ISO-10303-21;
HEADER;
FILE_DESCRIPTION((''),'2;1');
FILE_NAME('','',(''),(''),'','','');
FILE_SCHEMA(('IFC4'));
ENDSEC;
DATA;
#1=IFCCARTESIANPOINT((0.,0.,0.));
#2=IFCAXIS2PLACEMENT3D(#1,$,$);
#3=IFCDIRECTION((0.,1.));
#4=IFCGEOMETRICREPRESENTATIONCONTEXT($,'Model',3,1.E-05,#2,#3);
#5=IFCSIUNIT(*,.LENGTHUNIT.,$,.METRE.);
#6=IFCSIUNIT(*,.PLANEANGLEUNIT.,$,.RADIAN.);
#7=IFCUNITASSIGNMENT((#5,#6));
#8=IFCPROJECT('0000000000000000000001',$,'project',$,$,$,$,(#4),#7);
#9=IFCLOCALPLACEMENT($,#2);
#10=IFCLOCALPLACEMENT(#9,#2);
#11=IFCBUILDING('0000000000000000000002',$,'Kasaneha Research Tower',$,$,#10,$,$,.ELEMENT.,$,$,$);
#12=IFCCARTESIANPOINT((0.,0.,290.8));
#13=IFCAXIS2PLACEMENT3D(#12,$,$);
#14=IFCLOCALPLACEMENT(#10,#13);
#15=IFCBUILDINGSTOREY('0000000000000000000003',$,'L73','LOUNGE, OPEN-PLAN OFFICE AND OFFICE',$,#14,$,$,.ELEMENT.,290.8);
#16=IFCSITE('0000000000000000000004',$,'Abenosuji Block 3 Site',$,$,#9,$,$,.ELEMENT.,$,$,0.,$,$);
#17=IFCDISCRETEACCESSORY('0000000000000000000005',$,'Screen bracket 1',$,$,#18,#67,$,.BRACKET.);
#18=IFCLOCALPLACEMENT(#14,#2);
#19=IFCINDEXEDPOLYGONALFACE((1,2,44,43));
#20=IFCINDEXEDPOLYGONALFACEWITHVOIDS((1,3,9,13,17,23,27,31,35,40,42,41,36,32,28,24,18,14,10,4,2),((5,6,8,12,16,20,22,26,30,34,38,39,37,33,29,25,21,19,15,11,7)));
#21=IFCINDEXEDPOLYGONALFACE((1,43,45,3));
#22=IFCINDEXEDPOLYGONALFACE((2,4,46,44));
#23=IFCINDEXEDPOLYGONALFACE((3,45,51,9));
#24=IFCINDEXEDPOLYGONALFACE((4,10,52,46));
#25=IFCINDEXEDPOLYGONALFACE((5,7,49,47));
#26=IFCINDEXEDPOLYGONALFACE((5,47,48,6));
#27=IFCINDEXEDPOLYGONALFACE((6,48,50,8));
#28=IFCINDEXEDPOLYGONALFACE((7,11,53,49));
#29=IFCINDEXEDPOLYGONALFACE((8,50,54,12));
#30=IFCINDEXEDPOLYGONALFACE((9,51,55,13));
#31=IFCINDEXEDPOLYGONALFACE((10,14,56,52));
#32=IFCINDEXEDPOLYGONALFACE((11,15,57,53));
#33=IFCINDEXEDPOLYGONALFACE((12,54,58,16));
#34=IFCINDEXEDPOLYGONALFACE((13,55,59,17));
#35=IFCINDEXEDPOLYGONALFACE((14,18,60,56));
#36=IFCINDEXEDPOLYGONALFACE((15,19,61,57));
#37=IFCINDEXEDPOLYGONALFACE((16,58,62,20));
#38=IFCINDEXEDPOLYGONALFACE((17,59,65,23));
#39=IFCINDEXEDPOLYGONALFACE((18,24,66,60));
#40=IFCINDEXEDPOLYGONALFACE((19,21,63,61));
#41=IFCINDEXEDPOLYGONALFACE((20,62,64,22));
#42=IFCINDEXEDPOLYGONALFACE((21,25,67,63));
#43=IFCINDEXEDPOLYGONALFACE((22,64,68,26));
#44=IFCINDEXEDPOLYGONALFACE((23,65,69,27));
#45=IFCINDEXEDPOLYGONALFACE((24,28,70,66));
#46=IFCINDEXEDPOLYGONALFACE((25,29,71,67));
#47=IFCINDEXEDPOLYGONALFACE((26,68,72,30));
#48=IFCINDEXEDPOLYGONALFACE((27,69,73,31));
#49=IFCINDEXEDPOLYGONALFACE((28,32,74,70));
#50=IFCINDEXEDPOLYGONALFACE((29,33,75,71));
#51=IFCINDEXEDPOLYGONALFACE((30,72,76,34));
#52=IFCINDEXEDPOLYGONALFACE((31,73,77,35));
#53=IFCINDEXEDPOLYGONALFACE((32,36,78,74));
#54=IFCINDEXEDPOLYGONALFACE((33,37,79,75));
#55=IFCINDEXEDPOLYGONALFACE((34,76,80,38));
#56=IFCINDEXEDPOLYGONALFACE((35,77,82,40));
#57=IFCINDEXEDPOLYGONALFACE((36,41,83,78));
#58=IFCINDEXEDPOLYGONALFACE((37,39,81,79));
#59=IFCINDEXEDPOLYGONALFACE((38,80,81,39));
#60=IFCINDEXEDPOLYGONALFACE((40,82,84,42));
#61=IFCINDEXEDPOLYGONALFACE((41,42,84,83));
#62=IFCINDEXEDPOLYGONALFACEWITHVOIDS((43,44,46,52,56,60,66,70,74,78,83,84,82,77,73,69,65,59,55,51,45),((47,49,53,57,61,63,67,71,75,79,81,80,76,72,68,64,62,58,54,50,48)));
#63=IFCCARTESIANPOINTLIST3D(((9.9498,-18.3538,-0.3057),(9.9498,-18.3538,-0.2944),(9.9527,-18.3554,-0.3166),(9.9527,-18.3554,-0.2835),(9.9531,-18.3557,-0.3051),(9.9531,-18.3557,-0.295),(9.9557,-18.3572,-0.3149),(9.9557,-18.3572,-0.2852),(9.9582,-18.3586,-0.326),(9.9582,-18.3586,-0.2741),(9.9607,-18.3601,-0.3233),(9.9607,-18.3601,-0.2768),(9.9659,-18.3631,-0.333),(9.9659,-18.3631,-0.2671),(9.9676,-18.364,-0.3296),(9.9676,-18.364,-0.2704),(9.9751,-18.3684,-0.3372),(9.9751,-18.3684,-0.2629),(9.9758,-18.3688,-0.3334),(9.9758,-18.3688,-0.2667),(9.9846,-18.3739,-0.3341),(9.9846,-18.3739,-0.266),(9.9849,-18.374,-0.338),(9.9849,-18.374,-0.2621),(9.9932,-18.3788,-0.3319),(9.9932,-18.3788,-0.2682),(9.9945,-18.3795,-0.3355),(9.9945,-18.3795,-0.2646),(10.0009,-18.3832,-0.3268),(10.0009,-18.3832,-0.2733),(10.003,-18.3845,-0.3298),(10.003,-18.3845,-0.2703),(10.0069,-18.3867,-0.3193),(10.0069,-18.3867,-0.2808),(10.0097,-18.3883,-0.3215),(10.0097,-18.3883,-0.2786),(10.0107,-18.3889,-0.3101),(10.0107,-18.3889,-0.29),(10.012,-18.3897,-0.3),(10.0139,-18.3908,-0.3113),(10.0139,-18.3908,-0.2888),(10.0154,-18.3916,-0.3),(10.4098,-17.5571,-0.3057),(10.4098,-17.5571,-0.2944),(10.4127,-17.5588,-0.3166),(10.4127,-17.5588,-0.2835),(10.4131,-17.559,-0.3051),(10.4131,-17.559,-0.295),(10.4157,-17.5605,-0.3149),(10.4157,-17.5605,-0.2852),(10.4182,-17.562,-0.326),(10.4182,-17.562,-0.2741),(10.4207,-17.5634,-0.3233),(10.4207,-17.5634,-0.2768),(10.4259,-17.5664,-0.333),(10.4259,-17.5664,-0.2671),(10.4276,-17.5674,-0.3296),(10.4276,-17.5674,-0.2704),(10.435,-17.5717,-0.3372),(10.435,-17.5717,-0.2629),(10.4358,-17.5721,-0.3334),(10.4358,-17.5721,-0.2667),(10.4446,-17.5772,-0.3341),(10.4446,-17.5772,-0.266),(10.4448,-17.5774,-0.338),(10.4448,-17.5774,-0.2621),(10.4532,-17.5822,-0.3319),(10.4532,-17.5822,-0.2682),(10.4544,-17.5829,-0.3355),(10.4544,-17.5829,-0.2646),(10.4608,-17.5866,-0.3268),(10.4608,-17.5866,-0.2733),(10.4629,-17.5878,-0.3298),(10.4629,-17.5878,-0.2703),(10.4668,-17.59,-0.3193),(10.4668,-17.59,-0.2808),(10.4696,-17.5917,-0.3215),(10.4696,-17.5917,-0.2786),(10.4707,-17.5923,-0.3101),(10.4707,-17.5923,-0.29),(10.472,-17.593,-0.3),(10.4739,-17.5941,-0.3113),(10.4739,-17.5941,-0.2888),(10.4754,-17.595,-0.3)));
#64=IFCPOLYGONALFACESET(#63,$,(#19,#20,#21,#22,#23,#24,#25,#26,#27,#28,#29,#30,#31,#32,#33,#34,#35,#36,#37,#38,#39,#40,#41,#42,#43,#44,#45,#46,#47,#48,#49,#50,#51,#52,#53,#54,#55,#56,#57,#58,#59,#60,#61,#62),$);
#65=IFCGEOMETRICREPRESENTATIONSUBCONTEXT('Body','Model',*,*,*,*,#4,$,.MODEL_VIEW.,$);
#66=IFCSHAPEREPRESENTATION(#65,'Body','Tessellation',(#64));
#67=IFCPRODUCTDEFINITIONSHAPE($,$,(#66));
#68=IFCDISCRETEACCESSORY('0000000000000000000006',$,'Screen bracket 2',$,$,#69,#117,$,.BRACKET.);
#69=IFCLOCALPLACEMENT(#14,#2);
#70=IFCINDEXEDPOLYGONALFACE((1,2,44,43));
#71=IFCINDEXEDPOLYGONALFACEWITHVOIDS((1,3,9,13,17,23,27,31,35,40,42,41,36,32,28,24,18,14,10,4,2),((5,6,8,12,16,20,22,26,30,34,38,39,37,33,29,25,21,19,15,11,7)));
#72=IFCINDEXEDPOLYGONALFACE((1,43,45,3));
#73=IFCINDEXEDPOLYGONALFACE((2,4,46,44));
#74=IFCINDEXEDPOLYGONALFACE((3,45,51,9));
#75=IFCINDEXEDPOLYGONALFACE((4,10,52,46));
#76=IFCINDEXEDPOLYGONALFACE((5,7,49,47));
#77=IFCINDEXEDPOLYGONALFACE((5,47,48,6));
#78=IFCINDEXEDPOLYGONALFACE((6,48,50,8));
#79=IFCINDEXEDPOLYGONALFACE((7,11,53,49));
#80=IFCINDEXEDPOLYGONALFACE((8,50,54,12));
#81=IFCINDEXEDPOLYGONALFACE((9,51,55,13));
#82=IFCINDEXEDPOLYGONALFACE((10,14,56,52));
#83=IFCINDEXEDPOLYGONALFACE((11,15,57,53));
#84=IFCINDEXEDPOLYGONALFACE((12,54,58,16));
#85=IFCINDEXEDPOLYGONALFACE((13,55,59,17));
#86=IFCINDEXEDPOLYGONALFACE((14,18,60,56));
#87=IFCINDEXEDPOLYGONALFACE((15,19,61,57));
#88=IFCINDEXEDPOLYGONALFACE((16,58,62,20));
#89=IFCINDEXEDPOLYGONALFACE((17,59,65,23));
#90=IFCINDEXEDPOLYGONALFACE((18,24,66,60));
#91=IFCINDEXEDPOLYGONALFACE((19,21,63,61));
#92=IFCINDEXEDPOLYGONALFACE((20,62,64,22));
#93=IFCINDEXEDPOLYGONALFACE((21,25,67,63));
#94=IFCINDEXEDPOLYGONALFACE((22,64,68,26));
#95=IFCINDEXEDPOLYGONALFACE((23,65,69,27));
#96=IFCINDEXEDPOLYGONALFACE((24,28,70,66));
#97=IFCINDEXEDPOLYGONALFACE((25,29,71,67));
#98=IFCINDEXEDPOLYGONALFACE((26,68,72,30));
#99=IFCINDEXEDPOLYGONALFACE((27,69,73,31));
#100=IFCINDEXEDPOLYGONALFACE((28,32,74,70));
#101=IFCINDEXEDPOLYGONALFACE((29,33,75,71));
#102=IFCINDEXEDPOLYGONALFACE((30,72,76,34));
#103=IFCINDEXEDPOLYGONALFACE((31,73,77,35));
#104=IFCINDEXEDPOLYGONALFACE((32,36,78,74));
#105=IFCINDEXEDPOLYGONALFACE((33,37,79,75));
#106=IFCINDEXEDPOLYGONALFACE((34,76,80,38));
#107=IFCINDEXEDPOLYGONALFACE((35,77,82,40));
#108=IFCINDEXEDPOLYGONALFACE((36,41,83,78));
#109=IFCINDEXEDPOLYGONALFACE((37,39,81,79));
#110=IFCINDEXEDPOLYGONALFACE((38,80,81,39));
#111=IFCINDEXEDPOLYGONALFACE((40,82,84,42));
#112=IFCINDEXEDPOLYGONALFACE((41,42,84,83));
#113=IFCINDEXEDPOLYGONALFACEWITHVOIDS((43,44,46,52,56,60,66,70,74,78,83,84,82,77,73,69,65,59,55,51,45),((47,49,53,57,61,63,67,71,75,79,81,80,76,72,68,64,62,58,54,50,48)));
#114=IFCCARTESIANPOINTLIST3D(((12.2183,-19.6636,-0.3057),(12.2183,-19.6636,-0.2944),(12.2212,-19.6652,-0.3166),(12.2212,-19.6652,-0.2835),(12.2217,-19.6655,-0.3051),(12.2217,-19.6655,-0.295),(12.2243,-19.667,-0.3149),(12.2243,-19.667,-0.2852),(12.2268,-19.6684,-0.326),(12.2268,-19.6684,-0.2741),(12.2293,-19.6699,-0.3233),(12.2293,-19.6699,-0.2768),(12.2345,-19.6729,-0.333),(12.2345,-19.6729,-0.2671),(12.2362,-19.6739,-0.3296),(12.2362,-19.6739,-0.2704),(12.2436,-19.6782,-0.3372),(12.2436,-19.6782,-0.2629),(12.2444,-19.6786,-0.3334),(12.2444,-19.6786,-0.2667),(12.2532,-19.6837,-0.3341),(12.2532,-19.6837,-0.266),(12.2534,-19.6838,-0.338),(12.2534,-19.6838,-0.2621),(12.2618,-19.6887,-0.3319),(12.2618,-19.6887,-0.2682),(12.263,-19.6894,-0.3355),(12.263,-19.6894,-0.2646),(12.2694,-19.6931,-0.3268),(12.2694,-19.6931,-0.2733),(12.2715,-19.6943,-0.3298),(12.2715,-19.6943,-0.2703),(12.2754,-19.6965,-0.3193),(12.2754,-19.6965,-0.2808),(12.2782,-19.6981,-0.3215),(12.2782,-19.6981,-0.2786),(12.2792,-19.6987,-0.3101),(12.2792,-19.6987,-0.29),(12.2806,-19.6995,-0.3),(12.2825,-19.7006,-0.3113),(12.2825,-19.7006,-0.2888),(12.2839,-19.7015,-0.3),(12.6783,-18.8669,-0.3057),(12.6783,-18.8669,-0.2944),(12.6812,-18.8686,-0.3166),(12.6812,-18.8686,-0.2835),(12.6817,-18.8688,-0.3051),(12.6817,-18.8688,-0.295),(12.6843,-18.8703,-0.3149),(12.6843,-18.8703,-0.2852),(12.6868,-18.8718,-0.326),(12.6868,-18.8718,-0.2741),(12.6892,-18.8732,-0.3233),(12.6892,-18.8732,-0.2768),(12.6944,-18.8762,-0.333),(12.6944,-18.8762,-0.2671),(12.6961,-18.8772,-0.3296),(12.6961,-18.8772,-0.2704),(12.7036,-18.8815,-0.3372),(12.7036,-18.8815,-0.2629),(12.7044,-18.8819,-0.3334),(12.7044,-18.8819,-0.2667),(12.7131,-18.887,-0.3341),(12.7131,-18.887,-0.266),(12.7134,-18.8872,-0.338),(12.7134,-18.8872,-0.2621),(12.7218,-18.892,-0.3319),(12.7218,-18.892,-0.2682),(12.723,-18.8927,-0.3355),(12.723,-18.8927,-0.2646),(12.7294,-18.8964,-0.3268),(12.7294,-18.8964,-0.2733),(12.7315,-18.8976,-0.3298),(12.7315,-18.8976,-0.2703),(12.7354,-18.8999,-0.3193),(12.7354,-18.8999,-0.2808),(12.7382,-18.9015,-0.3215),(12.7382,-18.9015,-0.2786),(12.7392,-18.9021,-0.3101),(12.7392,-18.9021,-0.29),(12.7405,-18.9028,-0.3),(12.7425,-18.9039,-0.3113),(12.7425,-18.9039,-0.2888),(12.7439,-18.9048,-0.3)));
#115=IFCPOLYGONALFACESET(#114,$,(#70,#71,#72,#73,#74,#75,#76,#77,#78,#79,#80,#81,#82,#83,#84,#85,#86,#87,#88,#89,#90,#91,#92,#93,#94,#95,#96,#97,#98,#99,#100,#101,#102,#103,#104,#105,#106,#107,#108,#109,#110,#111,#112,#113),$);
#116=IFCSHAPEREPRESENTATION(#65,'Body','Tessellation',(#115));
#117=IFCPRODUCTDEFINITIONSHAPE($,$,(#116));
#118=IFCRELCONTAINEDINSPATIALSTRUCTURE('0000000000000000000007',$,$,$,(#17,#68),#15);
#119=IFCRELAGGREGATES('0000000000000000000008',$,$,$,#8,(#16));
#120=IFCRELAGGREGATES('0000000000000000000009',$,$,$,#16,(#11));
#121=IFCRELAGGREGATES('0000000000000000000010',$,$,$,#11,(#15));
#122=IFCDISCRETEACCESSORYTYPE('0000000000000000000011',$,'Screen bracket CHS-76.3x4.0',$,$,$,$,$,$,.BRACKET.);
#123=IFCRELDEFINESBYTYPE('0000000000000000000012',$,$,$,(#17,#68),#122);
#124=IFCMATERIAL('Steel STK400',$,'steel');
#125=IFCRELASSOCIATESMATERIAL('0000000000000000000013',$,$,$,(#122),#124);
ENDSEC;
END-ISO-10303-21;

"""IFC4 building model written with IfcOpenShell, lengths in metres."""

from ifc_helpers import new_model, si_unit, direction, frame, origin, origin_2d, place, context, subcontext, project, spatial, hollow_circle, extrude, material, material_profile, profile_set, type_object, element, save


model = new_model("IFC4")

# Units and contexts
model_context = context("Model", 3, precision=1e-05, world=origin(), true_north=direction((0.0, 1.0)))
body_context = subcontext(model_context, "Body", "Model", "MODEL_VIEW")
ifc_project = project(units=[si_unit("LENGTHUNIT", "METRE"), si_unit("PLANEANGLEUNIT", "RADIAN")], contexts=[model_context])

# Site, building, storey
site_placement = place(None, origin())
site = spatial("IfcSite", under=ifc_project, at=site_placement, Name="Abenosuji Block 3 Site", CompositionType="ELEMENT", RefElevation=0.0)
building_placement = place(site_placement, origin())
building = spatial("IfcBuilding", under=site, at=building_placement, Name="Kasaneha Research Tower", CompositionType="ELEMENT")
storey_placement = place(building_placement, frame((0.0, 0.0, 290.8)))
storey = spatial("IfcBuildingStorey", under=building, at=storey_placement, Name="L73", Description="LOUNGE, OPEN-PLAN OFFICE AND OFFICE", CompositionType="ELEMENT", Elevation=290.8)

# Discrete accessories
ifc_material_1 = material(Name="Steel STK400", Category="steel")
ifc_material_profile_1 = material_profile(ifc_material_1, hollow_circle(Radius=0.0381, WallThickness=0.0039, at=origin_2d()), Name="CHS-76.3x4.0")
ifc_profile_set_1 = profile_set([ifc_material_profile_1], Name="Steel STK400")
discrete_accessory_type = type_object("IfcDiscreteAccessoryType", Name="Screen bracket CHS-76.3x4.0", PredefinedType="BRACKET", material=ifc_profile_set_1)
for number, where, z_axis, x_axis, name in (
    (1, (10.4424, -17.5759, -0.3), (-0.500021, -0.866013, 0.0), (0.866013, -0.500021, 0.0), "Screen bracket 1"),
    (2, (12.7109, -18.8857, -0.3), (-0.500021, -0.866013, 0.0), (0.866013, -0.500021, 0.0), "Screen bracket 2"),
):
    element("IfcDiscreteAccessory", number, at=place(storey_placement, frame(where, z_axis=z_axis, x_axis=x_axis)), inside=storey, type_object=discrete_accessory_type, Name=name, PredefinedType="BRACKET", context=body_context, shape_type="SweptSolid", body=[
        extrude(hollow_circle(Radius=0.0381, WallThickness=0.0039, at=origin_2d()), origin(), (0.0, 0.0, 1.0), 0.9199),
    ])

save(model, "model.ifc")
